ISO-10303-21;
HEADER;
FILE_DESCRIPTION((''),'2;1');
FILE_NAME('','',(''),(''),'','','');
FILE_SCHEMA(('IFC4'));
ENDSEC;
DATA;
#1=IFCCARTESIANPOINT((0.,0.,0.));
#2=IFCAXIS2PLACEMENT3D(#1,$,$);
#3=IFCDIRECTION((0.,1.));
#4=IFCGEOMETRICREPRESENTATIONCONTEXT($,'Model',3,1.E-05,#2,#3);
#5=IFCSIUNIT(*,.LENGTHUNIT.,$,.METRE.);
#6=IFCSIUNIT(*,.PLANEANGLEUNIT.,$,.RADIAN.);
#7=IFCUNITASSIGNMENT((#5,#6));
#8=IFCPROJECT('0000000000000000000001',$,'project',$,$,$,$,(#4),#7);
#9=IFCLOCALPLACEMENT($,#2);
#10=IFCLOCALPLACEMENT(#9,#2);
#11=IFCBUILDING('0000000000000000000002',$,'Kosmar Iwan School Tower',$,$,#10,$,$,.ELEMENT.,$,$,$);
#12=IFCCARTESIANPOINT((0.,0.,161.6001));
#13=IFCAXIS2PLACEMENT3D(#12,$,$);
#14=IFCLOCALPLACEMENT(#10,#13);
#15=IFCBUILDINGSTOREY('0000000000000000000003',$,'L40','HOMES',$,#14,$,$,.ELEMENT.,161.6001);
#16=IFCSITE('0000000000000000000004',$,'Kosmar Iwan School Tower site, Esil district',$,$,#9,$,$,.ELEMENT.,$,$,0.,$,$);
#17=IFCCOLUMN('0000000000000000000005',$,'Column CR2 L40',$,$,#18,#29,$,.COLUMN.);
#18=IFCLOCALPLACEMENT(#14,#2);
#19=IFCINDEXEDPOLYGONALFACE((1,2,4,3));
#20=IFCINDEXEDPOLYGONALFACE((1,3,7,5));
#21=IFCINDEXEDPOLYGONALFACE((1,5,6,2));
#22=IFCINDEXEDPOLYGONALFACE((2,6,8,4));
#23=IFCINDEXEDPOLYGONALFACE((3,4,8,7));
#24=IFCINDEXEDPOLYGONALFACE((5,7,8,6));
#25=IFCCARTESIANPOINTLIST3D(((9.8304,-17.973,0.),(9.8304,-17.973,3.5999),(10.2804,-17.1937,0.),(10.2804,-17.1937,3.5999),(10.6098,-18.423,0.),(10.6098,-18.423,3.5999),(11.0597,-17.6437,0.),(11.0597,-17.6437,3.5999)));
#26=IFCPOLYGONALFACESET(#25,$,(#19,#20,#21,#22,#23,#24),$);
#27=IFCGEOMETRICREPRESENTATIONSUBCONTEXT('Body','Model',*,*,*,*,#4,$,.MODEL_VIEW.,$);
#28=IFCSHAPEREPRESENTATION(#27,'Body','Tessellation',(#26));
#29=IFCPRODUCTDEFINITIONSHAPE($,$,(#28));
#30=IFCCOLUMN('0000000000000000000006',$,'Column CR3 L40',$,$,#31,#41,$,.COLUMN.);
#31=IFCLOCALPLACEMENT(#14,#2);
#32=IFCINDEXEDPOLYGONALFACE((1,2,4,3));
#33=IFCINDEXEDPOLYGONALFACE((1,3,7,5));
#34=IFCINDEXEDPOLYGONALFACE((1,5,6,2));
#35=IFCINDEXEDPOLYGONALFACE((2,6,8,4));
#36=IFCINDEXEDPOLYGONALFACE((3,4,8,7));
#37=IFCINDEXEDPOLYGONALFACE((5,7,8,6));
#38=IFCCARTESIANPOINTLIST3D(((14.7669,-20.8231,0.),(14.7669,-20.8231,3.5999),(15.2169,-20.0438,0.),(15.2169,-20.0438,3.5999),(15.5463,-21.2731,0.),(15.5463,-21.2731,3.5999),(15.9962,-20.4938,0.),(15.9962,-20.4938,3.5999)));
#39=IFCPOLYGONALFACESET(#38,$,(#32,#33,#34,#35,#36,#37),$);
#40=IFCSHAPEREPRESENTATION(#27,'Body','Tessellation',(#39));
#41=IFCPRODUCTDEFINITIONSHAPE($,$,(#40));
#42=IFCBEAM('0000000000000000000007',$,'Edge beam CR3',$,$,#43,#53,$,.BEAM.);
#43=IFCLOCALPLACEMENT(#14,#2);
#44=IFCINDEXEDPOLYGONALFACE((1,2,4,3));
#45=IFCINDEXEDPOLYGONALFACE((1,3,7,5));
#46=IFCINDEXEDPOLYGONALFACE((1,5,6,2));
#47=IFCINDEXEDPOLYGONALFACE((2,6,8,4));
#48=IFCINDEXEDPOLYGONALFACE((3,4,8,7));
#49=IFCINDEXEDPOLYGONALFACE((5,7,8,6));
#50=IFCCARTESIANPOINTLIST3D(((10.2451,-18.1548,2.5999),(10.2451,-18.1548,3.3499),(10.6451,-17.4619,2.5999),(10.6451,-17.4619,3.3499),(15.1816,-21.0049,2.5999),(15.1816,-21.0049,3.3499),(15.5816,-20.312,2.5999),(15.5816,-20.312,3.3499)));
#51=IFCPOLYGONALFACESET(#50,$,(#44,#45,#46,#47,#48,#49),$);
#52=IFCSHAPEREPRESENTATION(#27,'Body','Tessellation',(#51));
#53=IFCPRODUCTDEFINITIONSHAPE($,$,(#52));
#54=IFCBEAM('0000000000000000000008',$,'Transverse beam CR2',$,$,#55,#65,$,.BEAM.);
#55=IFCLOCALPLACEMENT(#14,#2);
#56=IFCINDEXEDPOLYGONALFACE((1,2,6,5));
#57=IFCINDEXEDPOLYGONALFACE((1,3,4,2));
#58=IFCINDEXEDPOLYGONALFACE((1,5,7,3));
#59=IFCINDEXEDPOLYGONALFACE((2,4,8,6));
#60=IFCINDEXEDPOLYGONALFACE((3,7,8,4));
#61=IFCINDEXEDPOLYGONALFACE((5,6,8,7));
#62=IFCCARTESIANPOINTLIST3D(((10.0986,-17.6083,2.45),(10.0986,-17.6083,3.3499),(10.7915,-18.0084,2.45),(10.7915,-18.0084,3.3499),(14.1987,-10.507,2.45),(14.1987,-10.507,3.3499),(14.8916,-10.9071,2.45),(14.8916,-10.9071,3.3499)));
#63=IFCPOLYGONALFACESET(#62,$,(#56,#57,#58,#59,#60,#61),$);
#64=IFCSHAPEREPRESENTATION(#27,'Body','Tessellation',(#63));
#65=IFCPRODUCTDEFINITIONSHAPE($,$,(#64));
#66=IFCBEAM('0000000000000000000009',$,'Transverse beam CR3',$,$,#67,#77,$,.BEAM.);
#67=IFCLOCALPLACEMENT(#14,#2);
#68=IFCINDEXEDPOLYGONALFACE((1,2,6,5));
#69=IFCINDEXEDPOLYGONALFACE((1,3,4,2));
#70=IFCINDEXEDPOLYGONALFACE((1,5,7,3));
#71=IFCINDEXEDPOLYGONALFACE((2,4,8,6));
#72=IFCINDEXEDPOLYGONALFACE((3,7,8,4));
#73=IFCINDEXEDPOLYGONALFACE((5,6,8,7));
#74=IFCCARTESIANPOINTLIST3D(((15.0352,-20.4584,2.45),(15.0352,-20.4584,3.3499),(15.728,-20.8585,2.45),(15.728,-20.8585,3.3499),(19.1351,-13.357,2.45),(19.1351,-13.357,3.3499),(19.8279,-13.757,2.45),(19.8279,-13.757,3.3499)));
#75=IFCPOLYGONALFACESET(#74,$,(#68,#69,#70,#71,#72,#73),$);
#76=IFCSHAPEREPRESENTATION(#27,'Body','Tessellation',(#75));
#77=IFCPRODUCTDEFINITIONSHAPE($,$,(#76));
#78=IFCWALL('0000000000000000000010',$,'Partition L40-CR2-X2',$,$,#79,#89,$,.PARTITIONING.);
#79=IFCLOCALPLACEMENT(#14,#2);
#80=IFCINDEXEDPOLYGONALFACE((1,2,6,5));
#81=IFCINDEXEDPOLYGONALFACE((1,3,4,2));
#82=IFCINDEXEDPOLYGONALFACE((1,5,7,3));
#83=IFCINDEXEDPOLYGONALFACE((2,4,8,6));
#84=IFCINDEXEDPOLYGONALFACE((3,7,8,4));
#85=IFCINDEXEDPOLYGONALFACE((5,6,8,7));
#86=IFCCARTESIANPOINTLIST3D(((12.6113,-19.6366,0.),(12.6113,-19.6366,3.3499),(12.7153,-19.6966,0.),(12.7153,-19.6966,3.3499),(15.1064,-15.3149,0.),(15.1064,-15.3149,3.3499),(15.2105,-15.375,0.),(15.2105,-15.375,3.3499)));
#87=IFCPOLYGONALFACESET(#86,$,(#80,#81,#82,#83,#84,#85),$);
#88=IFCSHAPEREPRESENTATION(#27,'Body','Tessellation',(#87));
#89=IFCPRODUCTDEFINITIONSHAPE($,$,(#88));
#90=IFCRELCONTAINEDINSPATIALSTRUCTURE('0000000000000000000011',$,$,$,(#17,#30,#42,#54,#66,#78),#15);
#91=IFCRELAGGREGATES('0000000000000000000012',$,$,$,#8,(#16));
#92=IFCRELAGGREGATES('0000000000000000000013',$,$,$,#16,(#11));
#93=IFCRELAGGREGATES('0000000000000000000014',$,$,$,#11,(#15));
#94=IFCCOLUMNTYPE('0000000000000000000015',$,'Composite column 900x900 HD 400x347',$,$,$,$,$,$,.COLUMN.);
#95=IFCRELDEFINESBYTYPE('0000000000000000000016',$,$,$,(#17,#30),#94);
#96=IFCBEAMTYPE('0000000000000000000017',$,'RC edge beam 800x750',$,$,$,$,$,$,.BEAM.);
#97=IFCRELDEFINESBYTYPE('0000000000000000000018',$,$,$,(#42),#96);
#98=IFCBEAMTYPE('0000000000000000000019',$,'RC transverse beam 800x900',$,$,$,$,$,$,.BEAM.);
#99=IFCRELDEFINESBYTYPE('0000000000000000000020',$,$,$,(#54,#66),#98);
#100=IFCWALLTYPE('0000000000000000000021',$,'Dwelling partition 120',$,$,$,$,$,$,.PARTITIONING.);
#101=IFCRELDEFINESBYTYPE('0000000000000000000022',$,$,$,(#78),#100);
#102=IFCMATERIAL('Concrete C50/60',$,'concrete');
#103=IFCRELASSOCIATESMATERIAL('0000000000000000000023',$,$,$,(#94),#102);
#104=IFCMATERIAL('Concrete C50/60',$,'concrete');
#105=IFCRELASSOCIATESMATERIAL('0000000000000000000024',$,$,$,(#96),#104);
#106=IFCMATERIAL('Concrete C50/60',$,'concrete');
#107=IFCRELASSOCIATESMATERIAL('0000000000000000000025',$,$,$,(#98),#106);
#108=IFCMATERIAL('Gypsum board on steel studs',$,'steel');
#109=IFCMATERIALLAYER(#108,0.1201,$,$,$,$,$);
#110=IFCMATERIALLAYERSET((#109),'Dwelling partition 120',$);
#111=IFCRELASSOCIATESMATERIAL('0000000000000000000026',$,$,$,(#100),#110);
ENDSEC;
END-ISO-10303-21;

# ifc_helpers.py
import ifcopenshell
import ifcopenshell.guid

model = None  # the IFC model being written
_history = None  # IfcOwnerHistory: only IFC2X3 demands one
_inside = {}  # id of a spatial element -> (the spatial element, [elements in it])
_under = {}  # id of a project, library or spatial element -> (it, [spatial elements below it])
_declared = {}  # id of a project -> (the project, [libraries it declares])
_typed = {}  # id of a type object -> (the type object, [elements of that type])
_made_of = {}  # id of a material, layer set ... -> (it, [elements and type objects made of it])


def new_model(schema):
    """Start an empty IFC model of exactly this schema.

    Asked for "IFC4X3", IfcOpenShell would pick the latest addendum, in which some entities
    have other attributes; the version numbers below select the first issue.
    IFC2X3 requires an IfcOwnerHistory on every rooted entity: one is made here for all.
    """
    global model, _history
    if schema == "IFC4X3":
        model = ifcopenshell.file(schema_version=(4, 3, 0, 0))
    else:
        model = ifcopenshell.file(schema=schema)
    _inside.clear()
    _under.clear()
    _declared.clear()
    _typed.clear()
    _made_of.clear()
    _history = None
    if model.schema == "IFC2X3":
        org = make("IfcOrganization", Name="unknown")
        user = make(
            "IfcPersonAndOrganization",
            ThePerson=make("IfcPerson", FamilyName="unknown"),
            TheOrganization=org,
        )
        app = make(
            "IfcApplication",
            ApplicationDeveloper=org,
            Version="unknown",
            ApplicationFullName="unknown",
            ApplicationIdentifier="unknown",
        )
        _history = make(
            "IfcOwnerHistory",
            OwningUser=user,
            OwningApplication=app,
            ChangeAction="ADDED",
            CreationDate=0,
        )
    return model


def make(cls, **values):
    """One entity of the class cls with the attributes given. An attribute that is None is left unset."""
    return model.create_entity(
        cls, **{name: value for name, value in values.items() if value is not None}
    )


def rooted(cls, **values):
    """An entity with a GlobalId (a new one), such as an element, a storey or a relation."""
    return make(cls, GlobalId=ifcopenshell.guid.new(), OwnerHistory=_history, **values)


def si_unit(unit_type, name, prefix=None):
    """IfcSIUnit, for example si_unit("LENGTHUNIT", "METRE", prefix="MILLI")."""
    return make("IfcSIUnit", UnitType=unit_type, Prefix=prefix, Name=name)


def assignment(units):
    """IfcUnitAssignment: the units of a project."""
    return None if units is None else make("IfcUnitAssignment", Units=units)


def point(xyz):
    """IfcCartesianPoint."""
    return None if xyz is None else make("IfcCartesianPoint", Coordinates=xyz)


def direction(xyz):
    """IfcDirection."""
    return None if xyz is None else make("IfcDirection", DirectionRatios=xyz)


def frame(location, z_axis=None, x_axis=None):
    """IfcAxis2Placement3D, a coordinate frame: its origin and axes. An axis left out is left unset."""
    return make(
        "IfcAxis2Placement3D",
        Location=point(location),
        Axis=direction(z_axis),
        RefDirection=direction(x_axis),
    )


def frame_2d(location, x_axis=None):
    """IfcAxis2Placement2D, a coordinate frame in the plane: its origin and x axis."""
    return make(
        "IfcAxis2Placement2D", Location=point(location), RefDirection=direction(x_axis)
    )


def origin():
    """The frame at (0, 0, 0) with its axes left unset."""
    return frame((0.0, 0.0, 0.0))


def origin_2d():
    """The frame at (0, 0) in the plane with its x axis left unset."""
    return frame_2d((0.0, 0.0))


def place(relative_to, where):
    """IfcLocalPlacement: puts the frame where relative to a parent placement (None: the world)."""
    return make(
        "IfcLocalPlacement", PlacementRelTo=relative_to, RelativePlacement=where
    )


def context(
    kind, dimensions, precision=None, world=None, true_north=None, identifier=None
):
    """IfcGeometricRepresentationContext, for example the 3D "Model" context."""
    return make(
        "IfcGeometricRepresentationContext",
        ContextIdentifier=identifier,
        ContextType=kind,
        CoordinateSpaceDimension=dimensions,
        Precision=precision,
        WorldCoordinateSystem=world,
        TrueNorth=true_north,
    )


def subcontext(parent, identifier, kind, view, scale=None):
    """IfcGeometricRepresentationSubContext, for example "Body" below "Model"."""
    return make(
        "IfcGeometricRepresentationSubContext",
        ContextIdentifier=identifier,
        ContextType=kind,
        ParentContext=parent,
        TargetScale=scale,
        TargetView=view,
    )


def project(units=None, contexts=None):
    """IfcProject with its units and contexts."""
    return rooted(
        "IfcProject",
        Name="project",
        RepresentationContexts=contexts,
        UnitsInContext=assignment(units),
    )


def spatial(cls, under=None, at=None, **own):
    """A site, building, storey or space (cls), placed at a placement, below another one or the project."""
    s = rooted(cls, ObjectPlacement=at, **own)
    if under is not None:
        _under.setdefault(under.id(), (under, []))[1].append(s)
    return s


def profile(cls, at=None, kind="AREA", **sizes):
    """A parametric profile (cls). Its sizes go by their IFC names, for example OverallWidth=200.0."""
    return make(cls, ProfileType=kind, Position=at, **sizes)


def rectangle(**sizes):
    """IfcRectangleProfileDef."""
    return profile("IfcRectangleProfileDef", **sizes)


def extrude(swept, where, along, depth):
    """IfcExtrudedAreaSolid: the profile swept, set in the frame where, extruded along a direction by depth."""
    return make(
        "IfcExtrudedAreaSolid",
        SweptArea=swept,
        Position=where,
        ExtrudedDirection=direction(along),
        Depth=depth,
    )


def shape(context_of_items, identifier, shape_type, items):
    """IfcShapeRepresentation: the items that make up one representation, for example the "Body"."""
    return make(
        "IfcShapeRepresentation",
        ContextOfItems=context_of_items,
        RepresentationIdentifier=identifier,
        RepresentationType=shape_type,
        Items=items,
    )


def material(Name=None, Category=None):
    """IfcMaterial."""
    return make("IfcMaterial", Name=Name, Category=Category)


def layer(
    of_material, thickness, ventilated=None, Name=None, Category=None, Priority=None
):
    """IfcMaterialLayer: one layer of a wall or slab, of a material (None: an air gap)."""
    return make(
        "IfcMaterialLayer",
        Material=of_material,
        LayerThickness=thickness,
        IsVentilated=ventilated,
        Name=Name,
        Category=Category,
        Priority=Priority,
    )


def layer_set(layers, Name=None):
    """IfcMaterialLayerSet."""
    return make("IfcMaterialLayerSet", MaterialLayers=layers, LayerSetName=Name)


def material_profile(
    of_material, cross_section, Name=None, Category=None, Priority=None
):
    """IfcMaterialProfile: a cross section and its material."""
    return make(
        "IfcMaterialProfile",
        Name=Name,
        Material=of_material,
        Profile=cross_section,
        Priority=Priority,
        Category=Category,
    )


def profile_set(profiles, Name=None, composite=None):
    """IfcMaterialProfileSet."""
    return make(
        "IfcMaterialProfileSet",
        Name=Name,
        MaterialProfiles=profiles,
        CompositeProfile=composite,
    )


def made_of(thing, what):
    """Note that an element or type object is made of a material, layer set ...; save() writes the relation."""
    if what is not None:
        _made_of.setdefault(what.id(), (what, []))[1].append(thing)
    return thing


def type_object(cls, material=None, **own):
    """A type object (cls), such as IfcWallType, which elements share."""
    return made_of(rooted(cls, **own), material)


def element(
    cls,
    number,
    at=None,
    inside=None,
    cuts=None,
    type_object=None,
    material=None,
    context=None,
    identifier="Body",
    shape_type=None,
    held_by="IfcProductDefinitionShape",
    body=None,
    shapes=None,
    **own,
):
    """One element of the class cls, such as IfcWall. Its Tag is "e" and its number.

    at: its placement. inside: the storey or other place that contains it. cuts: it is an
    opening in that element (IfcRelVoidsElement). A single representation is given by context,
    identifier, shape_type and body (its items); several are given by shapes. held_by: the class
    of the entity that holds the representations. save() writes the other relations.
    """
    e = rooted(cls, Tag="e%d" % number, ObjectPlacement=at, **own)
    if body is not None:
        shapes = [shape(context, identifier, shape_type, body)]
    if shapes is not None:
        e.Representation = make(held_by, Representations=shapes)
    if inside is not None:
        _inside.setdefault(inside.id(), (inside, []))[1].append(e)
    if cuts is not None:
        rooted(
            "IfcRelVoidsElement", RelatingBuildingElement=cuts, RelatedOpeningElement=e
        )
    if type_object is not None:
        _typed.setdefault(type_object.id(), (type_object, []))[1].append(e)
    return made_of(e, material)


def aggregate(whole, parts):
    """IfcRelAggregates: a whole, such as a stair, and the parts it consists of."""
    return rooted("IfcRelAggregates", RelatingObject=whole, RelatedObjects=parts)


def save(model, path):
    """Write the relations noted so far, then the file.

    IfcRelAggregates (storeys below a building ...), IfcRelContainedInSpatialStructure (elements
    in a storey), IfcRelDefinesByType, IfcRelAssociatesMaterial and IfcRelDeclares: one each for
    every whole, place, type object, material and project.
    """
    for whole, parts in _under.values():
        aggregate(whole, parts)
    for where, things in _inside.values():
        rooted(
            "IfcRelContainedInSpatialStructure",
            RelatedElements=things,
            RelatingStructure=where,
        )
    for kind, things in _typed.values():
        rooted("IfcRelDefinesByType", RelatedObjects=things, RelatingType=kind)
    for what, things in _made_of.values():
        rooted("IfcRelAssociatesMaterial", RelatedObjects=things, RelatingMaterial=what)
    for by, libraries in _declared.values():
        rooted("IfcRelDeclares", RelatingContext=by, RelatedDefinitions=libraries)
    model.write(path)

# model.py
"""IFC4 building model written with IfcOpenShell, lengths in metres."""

from ifc_helpers import new_model, si_unit, direction, frame, frame_2d, origin, origin_2d, place, context, subcontext, project, spatial, rectangle, extrude, material, layer, layer_set, material_profile, profile_set, type_object, element, save


model = new_model("IFC4")

# Units and contexts
model_context = context("Model", 3, precision=1e-05, world=origin(), true_north=direction((0.0, 1.0)))
body_context = subcontext(model_context, "Body", "Model", "MODEL_VIEW")
ifc_project = project(units=[si_unit("LENGTHUNIT", "METRE"), si_unit("PLANEANGLEUNIT", "RADIAN")], contexts=[model_context])

# Site, building, storey
site_placement = place(None, origin())
site = spatial("IfcSite", under=ifc_project, at=site_placement, Name="Kosmar Iwan School Tower site, Esil district", CompositionType="ELEMENT", RefElevation=0.0)
building_placement = place(site_placement, origin())
building = spatial("IfcBuilding", under=site, at=building_placement, Name="Kosmar Iwan School Tower", CompositionType="ELEMENT")
storey_placement = place(building_placement, frame((0.0, 0.0, 161.6001)))
storey = spatial("IfcBuildingStorey", under=building, at=storey_placement, Name="L40", Description="HOMES", CompositionType="ELEMENT", Elevation=161.6001)

# Columns
ifc_material_1 = material(Name="Concrete C50/60", Category="concrete")
ifc_material_profile_1 = material_profile(ifc_material_1, rectangle(XDim=0.8999, YDim=0.8999, at=origin_2d()), Name="RC 900x900 + HD 400x347")
ifc_profile_set_1 = profile_set([ifc_material_profile_1], Name="Concrete C50/60")
column_type = type_object("IfcColumnType", Name="Composite column 900x900 HD 400x347", PredefinedType="COLUMN", material=ifc_profile_set_1)
for number, where, z_axis, x_axis, name in (
    (1, (10.4451, -17.8083, 0.0), (0.0, 0.0, 1.0), (0.866025, -0.5, 0.0), "Column CR2 L40"),
    (2, (15.3816, -20.6584, 0.0), (0.0, 0.0, 1.0), (0.866025, -0.5, 0.0), "Column CR3 L40"),
):
    element("IfcColumn", number, at=place(storey_placement, frame(where, z_axis=z_axis, x_axis=x_axis)), inside=storey, type_object=column_type, Name=name, PredefinedType="COLUMN", context=body_context, shape_type="SweptSolid", body=[
        extrude(rectangle(XDim=0.8999, YDim=0.8999, at=origin_2d()), origin(), (0.0, 0.0, 1.0), 3.5999),
    ])

# Beams
ifc_material_2 = material(Name="Concrete C50/60", Category="concrete")
ifc_material_profile_2 = material_profile(ifc_material_2, rectangle(XDim=0.8, YDim=0.75, at=origin_2d()), Name="RC 800x750")
ifc_profile_set_2 = profile_set([ifc_material_profile_2], Name="Concrete C50/60")
beam_type_1 = type_object("IfcBeamType", Name="RC edge beam 800x750", PredefinedType="BEAM", material=ifc_profile_set_2)
beam_placement = place(storey_placement, frame((10.4451, -17.8083, 2.9749), z_axis=(0.866026, -0.499999, 0.0), x_axis=(0.499999, 0.866026, 0.0)))
element("IfcBeam", 3, at=beam_placement, inside=storey, type_object=beam_type_1, Name="Edge beam CR3", PredefinedType="BEAM", context=body_context, shape_type="SweptSolid", body=[
    extrude(rectangle(XDim=0.8, YDim=0.75, at=origin_2d()), origin(), (0.0, 0.0, 1.0), 5.7002),
])
ifc_material_3 = material(Name="Concrete C50/60", Category="concrete")
ifc_material_profile_3 = material_profile(ifc_material_3, rectangle(XDim=0.8, YDim=0.8999, at=origin_2d()), Name="RC 800x900")
ifc_profile_set_3 = profile_set([ifc_material_profile_3], Name="Concrete C50/60")
beam_type_2 = type_object("IfcBeamType", Name="RC transverse beam 800x900", PredefinedType="BEAM", material=ifc_profile_set_3)
for number, where, z_axis, x_axis, name in (
    (4, (10.4451, -17.8083, 2.8999), (0.500014, 0.866018, 0.0), (-0.866018, 0.500014, 0.0), "Transverse beam CR2"),
    (5, (15.3816, -20.6584, 2.8999), (0.499991, 0.86603, 0.0), (-0.86603, 0.499991, 0.0), "Transverse beam CR3"),
):
    element("IfcBeam", number, at=place(storey_placement, frame(where, z_axis=z_axis, x_axis=x_axis)), inside=storey, type_object=beam_type_2, Name=name, PredefinedType="BEAM", context=body_context, shape_type="SweptSolid", body=[
        extrude(rectangle(XDim=0.8, YDim=0.8999, at=origin_2d()), origin(), (0.0, 0.0, 1.0), 8.2),
    ])

# Wall
ifc_material_4 = material(Name="Gypsum board on steel studs", Category="steel")
ifc_layer = layer(ifc_material_4, 0.1201)
ifc_layer_set = layer_set([ifc_layer], Name="Dwelling partition 120")
wall_type = type_object("IfcWallType", Name="Dwelling partition 120", PredefinedType="PARTITIONING", material=ifc_layer_set)
wall_placement = place(storey_placement, frame((15.1584, -15.345, 0.0), z_axis=(0.0, 0.0, 1.0), x_axis=(-0.500012, -0.866019, 0.0)))
element("IfcWall", 6, at=wall_placement, inside=storey, type_object=wall_type, Name="Partition L40-CR2-X2", PredefinedType="PARTITIONING", context=body_context, shape_type="SweptSolid", body=[
    extrude(rectangle(XDim=4.9902, YDim=0.1201, at=frame_2d((2.4951, 0.0))), origin(), (0.0, 0.0, 1.0), 3.3499),
])

save(model, "model.ifc")
